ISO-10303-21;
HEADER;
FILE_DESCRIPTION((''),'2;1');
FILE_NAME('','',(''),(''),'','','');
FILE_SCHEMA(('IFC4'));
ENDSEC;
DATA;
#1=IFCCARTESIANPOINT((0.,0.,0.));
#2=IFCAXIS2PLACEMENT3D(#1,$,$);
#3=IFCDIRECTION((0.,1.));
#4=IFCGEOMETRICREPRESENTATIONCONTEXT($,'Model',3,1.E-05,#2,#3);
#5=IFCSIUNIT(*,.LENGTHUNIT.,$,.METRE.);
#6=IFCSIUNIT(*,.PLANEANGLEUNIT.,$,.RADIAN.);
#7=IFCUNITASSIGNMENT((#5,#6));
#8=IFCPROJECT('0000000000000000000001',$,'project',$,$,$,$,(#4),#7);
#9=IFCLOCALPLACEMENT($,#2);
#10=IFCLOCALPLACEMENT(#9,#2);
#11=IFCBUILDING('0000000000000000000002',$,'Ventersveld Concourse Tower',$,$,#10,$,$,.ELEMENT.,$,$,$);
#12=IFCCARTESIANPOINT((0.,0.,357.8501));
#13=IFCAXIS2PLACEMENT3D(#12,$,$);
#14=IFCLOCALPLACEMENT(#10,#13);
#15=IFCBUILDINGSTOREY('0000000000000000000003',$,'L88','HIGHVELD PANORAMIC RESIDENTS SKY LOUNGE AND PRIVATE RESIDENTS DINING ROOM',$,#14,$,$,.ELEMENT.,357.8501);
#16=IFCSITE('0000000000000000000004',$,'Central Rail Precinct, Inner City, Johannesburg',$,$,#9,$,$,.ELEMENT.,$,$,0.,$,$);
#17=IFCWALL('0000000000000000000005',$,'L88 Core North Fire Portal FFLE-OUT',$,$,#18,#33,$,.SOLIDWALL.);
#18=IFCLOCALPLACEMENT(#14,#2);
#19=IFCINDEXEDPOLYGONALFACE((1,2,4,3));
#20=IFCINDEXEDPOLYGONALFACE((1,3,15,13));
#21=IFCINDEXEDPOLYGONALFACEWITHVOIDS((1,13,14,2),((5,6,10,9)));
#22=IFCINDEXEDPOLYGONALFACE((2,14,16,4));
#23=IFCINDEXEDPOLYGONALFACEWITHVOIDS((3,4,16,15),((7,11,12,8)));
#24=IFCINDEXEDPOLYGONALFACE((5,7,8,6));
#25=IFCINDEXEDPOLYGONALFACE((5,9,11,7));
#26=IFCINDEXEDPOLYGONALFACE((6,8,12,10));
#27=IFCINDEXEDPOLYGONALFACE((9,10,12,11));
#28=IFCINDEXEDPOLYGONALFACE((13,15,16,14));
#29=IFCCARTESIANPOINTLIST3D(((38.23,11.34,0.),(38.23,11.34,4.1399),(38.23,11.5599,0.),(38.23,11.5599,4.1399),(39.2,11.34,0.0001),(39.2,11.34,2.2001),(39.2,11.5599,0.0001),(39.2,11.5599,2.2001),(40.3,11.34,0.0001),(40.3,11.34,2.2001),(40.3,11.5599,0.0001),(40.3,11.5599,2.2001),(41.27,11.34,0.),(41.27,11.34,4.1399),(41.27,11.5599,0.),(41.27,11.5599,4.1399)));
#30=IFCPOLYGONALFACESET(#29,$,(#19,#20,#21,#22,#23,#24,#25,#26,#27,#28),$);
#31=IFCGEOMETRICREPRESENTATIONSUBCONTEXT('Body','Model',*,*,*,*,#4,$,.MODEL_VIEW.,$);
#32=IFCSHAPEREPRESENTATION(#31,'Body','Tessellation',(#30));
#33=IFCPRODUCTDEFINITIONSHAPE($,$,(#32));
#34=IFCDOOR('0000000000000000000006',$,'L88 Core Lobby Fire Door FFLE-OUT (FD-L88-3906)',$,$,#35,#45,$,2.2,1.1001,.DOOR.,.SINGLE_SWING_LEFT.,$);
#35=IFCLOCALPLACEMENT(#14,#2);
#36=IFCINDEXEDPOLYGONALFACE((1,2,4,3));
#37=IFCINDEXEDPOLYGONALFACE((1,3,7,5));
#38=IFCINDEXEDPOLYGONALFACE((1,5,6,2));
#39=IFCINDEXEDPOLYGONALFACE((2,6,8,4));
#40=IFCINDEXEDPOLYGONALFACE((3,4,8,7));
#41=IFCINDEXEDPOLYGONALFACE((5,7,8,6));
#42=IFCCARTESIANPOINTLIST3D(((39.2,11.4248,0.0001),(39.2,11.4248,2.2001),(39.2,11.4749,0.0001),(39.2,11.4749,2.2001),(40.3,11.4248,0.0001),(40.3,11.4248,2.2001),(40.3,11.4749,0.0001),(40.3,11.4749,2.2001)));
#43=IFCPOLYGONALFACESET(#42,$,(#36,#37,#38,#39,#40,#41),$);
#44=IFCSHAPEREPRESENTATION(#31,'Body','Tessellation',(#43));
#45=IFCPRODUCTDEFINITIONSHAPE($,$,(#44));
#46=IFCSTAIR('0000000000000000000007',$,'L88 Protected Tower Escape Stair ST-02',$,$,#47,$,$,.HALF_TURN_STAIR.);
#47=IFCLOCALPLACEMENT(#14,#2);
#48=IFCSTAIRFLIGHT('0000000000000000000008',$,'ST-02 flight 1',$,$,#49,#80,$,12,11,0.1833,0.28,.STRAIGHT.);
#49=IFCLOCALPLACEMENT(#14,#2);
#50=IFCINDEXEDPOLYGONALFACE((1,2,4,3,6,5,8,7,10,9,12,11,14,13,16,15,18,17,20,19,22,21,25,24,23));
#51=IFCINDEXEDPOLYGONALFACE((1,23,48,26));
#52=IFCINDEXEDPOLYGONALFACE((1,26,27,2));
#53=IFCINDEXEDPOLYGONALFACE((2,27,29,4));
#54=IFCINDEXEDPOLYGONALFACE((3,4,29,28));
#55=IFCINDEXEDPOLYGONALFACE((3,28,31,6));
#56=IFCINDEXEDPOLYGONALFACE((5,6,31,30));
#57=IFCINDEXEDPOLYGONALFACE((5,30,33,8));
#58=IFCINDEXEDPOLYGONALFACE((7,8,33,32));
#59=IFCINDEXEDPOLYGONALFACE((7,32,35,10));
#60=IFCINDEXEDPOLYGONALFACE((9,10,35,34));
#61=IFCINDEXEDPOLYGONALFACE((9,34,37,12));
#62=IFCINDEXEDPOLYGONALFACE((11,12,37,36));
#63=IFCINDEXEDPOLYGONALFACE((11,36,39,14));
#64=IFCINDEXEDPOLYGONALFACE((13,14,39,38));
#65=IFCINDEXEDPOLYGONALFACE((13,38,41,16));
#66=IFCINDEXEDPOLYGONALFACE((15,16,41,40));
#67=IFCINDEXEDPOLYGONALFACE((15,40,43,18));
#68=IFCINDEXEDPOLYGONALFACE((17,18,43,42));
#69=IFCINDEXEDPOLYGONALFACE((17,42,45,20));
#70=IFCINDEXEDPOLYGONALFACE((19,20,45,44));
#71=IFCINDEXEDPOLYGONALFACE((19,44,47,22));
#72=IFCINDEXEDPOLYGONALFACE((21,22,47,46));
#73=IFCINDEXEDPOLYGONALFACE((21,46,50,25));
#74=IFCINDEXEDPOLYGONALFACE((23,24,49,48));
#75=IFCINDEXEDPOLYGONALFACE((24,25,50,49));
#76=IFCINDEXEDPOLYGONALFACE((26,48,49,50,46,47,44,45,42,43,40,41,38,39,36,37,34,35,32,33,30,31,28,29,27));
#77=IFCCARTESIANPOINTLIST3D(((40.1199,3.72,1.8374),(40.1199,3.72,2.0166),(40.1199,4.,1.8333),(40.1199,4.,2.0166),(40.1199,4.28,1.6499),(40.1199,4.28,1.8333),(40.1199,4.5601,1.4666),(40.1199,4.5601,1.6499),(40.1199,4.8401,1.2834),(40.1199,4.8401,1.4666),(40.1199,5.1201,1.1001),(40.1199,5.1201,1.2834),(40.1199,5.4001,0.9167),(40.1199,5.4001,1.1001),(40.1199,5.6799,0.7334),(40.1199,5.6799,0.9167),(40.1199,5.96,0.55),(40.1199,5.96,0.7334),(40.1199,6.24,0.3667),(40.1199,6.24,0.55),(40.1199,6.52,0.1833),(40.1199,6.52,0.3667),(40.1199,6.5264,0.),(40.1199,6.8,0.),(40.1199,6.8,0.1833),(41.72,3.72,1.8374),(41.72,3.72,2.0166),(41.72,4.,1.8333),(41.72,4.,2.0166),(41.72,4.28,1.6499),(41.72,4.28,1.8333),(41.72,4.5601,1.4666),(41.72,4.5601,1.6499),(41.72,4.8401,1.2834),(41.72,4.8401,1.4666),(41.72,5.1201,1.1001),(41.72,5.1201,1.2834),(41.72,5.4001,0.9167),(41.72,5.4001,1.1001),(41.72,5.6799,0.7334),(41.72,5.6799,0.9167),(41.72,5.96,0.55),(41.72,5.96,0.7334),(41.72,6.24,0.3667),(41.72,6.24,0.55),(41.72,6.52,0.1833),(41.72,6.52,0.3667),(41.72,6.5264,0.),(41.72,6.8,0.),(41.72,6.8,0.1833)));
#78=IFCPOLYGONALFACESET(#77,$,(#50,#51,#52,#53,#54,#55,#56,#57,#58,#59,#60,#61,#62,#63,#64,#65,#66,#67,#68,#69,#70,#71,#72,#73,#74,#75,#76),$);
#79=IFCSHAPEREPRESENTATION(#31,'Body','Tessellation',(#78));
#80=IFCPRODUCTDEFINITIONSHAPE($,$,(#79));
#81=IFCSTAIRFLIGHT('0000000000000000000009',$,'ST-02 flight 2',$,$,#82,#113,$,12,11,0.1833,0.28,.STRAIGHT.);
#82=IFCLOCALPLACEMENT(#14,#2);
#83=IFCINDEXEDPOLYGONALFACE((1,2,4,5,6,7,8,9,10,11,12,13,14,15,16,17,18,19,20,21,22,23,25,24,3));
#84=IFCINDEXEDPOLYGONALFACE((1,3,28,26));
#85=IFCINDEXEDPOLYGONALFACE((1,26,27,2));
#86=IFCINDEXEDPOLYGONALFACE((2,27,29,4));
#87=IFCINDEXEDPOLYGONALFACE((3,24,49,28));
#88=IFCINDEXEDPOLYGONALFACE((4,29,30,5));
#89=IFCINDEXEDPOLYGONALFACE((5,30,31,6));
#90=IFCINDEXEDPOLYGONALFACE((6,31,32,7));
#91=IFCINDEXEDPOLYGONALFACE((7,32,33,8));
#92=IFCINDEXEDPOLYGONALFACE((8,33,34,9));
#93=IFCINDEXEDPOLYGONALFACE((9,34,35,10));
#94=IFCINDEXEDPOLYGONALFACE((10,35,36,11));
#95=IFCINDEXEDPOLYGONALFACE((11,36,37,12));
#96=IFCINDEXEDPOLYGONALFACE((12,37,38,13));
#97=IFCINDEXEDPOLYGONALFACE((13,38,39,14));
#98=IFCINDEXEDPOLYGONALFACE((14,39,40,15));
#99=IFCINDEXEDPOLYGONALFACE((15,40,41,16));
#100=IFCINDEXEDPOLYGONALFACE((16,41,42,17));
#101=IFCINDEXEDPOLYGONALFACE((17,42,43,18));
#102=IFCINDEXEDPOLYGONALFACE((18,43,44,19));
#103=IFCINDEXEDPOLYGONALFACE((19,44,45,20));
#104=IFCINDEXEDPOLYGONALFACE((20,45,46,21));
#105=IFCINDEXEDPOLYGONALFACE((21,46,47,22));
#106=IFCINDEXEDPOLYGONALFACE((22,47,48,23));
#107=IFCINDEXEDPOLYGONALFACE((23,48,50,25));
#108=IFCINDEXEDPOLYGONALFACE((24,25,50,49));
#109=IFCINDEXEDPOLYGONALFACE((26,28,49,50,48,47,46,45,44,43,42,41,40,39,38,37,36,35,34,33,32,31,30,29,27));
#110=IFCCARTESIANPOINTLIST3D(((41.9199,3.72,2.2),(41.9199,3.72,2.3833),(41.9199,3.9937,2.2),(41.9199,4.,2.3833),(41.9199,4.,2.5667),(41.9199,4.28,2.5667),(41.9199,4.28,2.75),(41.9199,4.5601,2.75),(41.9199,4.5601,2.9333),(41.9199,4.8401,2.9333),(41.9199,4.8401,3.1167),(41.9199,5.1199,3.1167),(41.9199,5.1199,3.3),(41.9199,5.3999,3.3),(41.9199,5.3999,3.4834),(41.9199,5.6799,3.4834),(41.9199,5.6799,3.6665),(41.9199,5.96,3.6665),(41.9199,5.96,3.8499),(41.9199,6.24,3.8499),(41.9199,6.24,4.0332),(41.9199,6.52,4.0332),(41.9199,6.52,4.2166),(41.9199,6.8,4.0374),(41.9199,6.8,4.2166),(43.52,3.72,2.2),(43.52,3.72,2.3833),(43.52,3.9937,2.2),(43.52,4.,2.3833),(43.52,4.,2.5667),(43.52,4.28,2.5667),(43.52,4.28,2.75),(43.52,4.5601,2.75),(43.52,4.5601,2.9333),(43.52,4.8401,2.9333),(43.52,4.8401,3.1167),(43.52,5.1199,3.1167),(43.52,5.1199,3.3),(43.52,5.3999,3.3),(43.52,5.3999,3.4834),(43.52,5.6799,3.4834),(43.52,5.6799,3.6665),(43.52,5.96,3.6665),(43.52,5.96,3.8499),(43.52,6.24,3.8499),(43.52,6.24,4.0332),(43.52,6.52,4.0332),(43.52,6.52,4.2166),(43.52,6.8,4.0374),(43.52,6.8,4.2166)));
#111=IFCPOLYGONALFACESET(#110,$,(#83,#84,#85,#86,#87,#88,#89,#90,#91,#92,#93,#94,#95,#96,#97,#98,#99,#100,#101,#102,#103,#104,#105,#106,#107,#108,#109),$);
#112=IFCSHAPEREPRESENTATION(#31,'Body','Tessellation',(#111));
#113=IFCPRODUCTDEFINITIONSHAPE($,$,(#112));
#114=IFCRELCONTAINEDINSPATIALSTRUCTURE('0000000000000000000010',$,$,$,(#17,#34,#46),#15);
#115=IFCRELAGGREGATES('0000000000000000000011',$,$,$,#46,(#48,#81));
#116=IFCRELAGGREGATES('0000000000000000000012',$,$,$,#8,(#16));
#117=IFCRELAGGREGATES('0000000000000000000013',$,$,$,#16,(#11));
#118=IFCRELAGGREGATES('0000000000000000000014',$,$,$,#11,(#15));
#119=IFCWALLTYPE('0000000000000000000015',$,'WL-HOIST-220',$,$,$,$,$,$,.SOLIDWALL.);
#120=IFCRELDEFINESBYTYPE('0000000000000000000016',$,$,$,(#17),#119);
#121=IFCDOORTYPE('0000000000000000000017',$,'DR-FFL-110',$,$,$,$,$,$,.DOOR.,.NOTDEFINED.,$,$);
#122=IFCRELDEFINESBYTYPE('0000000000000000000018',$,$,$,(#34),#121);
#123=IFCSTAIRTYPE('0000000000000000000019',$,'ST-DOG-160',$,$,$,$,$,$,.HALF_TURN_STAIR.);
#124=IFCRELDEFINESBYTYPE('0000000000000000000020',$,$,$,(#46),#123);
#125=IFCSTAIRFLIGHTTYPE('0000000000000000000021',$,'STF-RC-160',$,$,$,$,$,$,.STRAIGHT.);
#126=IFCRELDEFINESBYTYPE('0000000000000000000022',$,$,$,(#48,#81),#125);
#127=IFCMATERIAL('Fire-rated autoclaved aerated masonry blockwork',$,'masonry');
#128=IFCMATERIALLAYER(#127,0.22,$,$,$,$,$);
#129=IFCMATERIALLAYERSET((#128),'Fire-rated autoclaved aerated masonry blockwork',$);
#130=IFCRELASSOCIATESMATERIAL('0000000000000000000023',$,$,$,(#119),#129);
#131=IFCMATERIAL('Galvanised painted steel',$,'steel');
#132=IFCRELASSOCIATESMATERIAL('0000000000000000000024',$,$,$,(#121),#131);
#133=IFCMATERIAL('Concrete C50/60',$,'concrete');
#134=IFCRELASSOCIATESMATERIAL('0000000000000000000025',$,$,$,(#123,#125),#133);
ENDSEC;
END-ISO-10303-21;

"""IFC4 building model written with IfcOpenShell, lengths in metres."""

from ifc_helpers import new_model, si_unit, direction, frame, frame_2d, origin, place, context, subcontext, project, spatial, polyline, rectangle, outline, extrude, material, layer, layer_set, type_object, element, fill, aggregate, save


model = new_model("IFC4")

# Units and contexts
model_context = context("Model", 3, precision=1e-05, world=origin(), true_north=direction((0.0, 1.0)))
body_context = subcontext(model_context, "Body", "Model", "MODEL_VIEW")
ifc_project = project(units=[si_unit("LENGTHUNIT", "METRE"), si_unit("PLANEANGLEUNIT", "RADIAN")], contexts=[model_context])

# Site, building, storey
site_placement = place(None, origin())
site = spatial("IfcSite", under=ifc_project, at=site_placement, Name="Central Rail Precinct, Inner City, Johannesburg", CompositionType="ELEMENT", RefElevation=0.0)
building_placement = place(site_placement, origin())
building = spatial("IfcBuilding", under=site, at=building_placement, Name="Ventersveld Concourse Tower", CompositionType="ELEMENT")
storey_placement = place(building_placement, frame((0.0, 0.0, 357.8501)))
storey = spatial("IfcBuildingStorey", under=building, at=storey_placement, Name="L88", Description="HIGHVELD PANORAMIC RESIDENTS SKY LOUNGE AND PRIVATE RESIDENTS DINING ROOM", CompositionType="ELEMENT", Elevation=357.8501)

# Shared definitions
ifc_material_1 = material(Name="Concrete C50/60", Category="concrete")

# Wall, opening, door
ifc_material_2 = material(Name="Fire-rated autoclaved aerated masonry blockwork", Category="masonry")
ifc_layer_1 = layer(ifc_material_2, 0.22)
ifc_layer_set_1 = layer_set([ifc_layer_1], Name="Fire-rated autoclaved aerated masonry blockwork")
wall_type_1 = type_object("IfcWallType", Name="WL-HOIST-220", PredefinedType="SOLIDWALL", material=ifc_layer_set_1)
ifc_material_3 = material(Name="Galvanised painted steel", Category="steel")
wall_1_placement = place(storey_placement, frame((38.23, 11.45, 0.0), z_axis=(0.0, 0.0, 1.0), x_axis=(1.0, 0.0, 0.0)))
wall_1 = element("IfcWall", 1, at=wall_1_placement, inside=storey, type_object=wall_type_1, Name="L88 Core North Fire Portal FFLE-OUT", PredefinedType="SOLIDWALL", context=body_context, shape_type="SweptSolid", body=[
    extrude(rectangle(XDim=3.04, YDim=0.22, at=frame_2d((1.52, 0.0))), origin(), (0.0, 0.0, 1.0), 4.1399),
])
opening_1_placement = place(wall_1_placement, frame((0.97, 0.0, 0.0)))
opening_1 = element("IfcOpeningElement", 2, at=opening_1_placement, cuts=wall_1, PredefinedType="OPENING", context=body_context, shape_type="SweptSolid", body=[
    extrude(rectangle(XDim=1.1001, YDim=2.2, at=frame_2d((0.55, 1.1001))), frame((0.0, 0.1201, 0.0), z_axis=(0.0, -1.0, 0.0), x_axis=(1.0, 0.0, 0.0)), (0.0, 0.0, 1.0), 0.24),
])
door_type_1 = type_object("IfcDoorType", Name="DR-FFL-110", OperationType="NOTDEFINED", PredefinedType="DOOR", material=ifc_material_3)
door_1_placement = place(opening_1_placement, origin())
door_1 = element("IfcDoor", 3, at=door_1_placement, inside=storey, type_object=door_type_1, Name="L88 Core Lobby Fire Door FFLE-OUT (FD-L88-3906)", OperationType="SINGLE_SWING_LEFT", OverallHeight=2.2, OverallWidth=1.1001, PredefinedType="DOOR", context=body_context, shape_type="SweptSolid", body=[
    extrude(rectangle(XDim=1.1001, YDim=2.2, at=frame_2d((0.55, 1.1001))), frame((0.0, 0.0249, 0.0), z_axis=(0.0, -1.0, 0.0), x_axis=(1.0, 0.0, 0.0)), (0.0, 0.0, 1.0), 0.05),
])
fill(opening_1, door_1)

# Stair, stair flights
stair_type = type_object("IfcStairType", Name="ST-DOG-160", PredefinedType="HALF_TURN_STAIR", material=ifc_material_1)
stair_placement = place(storey_placement, origin())
stair = element("IfcStair", 4, at=stair_placement, inside=storey, type_object=stair_type, Name="L88 Protected Tower Escape Stair ST-02", PredefinedType="HALF_TURN_STAIR")
stair_flight_type = type_object("IfcStairFlightType", Name="STF-RC-160", PredefinedType="STRAIGHT", material=ifc_material_1)
stair_flight_1_placement = place(storey_placement, frame((40.9199, 6.8, 0.0), z_axis=(0.0, 0.0, 1.0), x_axis=(0.0, -1.0, 0.0)))
stair_flight_1 = element("IfcStairFlight", 5, at=stair_flight_1_placement, type_object=stair_flight_type, Name="ST-02 flight 1", NumberOfRisers=12, NumberOfTreads=11, PredefinedType="STRAIGHT", RiserHeight=0.1833, TreadLength=0.28, context=body_context, shape_type="SweptSolid", body=[
    extrude(outline(polyline([(0.0, 0.0), (0.0, 0.1833), (0.28, 0.1833), (0.28, 0.3667), (0.5601, 0.3667), (0.5601, 0.55), (0.8401, 0.55), (0.8401, 0.7334), (1.1201, 0.7334), (1.1201, 0.9167), (1.3999, 0.9167), (1.3999, 1.1001), (1.6799, 1.1001), (1.6799, 1.2834), (1.96, 1.2834), (1.96, 1.4666), (2.24, 1.4666), (2.24, 1.6499), (2.52, 1.6499), (2.52, 1.8333), (2.8, 1.8333), (2.8, 2.0166), (3.0801, 2.0166), (3.0801, 2.2), (3.0801, 1.8374), (0.2737, 0.0), (0.0, 0.0)])), frame((0.0, 0.8, 0.0), z_axis=(0.0, -1.0, 0.0), x_axis=(1.0, 0.0, 0.0)), (0.0, 0.0, 1.0), 1.6001),
])
stair_flight_2_placement = place(storey_placement, frame((42.72, 3.72, 2.2), z_axis=(0.0, 0.0, 1.0), x_axis=(0.0, 1.0, 0.0)))
stair_flight_2 = element("IfcStairFlight", 6, at=stair_flight_2_placement, type_object=stair_flight_type, Name="ST-02 flight 2", NumberOfRisers=12, NumberOfTreads=11, PredefinedType="STRAIGHT", RiserHeight=0.1833, TreadLength=0.28, context=body_context, shape_type="SweptSolid", body=[
    extrude(outline(polyline([(0.0, 0.0), (0.0, 0.1833), (0.28, 0.1833), (0.28, 0.3667), (0.5601, 0.3667), (0.5601, 0.55), (0.8401, 0.55), (0.8401, 0.7334), (1.1201, 0.7334), (1.1201, 0.9167), (1.3999, 0.9167), (1.3999, 1.1001), (1.6799, 1.1001), (1.6799, 1.2834), (1.96, 1.2834), (1.96, 1.4666), (2.24, 1.4666), (2.24, 1.6499), (2.52, 1.6499), (2.52, 1.8333), (2.8, 1.8333), (2.8, 2.0166), (3.0801, 2.0166), (3.0801, 2.2), (3.0801, 1.8374), (0.2737, 0.0), (0.0, 0.0)])), frame((0.0, 0.8, 0.0), z_axis=(0.0, -1.0, 0.0), x_axis=(1.0, 0.0, 0.0)), (0.0, 0.0, 1.0), 1.6001),
])
aggregate(stair, [stair_flight_1, stair_flight_2])

save(model, "model.ifc")
